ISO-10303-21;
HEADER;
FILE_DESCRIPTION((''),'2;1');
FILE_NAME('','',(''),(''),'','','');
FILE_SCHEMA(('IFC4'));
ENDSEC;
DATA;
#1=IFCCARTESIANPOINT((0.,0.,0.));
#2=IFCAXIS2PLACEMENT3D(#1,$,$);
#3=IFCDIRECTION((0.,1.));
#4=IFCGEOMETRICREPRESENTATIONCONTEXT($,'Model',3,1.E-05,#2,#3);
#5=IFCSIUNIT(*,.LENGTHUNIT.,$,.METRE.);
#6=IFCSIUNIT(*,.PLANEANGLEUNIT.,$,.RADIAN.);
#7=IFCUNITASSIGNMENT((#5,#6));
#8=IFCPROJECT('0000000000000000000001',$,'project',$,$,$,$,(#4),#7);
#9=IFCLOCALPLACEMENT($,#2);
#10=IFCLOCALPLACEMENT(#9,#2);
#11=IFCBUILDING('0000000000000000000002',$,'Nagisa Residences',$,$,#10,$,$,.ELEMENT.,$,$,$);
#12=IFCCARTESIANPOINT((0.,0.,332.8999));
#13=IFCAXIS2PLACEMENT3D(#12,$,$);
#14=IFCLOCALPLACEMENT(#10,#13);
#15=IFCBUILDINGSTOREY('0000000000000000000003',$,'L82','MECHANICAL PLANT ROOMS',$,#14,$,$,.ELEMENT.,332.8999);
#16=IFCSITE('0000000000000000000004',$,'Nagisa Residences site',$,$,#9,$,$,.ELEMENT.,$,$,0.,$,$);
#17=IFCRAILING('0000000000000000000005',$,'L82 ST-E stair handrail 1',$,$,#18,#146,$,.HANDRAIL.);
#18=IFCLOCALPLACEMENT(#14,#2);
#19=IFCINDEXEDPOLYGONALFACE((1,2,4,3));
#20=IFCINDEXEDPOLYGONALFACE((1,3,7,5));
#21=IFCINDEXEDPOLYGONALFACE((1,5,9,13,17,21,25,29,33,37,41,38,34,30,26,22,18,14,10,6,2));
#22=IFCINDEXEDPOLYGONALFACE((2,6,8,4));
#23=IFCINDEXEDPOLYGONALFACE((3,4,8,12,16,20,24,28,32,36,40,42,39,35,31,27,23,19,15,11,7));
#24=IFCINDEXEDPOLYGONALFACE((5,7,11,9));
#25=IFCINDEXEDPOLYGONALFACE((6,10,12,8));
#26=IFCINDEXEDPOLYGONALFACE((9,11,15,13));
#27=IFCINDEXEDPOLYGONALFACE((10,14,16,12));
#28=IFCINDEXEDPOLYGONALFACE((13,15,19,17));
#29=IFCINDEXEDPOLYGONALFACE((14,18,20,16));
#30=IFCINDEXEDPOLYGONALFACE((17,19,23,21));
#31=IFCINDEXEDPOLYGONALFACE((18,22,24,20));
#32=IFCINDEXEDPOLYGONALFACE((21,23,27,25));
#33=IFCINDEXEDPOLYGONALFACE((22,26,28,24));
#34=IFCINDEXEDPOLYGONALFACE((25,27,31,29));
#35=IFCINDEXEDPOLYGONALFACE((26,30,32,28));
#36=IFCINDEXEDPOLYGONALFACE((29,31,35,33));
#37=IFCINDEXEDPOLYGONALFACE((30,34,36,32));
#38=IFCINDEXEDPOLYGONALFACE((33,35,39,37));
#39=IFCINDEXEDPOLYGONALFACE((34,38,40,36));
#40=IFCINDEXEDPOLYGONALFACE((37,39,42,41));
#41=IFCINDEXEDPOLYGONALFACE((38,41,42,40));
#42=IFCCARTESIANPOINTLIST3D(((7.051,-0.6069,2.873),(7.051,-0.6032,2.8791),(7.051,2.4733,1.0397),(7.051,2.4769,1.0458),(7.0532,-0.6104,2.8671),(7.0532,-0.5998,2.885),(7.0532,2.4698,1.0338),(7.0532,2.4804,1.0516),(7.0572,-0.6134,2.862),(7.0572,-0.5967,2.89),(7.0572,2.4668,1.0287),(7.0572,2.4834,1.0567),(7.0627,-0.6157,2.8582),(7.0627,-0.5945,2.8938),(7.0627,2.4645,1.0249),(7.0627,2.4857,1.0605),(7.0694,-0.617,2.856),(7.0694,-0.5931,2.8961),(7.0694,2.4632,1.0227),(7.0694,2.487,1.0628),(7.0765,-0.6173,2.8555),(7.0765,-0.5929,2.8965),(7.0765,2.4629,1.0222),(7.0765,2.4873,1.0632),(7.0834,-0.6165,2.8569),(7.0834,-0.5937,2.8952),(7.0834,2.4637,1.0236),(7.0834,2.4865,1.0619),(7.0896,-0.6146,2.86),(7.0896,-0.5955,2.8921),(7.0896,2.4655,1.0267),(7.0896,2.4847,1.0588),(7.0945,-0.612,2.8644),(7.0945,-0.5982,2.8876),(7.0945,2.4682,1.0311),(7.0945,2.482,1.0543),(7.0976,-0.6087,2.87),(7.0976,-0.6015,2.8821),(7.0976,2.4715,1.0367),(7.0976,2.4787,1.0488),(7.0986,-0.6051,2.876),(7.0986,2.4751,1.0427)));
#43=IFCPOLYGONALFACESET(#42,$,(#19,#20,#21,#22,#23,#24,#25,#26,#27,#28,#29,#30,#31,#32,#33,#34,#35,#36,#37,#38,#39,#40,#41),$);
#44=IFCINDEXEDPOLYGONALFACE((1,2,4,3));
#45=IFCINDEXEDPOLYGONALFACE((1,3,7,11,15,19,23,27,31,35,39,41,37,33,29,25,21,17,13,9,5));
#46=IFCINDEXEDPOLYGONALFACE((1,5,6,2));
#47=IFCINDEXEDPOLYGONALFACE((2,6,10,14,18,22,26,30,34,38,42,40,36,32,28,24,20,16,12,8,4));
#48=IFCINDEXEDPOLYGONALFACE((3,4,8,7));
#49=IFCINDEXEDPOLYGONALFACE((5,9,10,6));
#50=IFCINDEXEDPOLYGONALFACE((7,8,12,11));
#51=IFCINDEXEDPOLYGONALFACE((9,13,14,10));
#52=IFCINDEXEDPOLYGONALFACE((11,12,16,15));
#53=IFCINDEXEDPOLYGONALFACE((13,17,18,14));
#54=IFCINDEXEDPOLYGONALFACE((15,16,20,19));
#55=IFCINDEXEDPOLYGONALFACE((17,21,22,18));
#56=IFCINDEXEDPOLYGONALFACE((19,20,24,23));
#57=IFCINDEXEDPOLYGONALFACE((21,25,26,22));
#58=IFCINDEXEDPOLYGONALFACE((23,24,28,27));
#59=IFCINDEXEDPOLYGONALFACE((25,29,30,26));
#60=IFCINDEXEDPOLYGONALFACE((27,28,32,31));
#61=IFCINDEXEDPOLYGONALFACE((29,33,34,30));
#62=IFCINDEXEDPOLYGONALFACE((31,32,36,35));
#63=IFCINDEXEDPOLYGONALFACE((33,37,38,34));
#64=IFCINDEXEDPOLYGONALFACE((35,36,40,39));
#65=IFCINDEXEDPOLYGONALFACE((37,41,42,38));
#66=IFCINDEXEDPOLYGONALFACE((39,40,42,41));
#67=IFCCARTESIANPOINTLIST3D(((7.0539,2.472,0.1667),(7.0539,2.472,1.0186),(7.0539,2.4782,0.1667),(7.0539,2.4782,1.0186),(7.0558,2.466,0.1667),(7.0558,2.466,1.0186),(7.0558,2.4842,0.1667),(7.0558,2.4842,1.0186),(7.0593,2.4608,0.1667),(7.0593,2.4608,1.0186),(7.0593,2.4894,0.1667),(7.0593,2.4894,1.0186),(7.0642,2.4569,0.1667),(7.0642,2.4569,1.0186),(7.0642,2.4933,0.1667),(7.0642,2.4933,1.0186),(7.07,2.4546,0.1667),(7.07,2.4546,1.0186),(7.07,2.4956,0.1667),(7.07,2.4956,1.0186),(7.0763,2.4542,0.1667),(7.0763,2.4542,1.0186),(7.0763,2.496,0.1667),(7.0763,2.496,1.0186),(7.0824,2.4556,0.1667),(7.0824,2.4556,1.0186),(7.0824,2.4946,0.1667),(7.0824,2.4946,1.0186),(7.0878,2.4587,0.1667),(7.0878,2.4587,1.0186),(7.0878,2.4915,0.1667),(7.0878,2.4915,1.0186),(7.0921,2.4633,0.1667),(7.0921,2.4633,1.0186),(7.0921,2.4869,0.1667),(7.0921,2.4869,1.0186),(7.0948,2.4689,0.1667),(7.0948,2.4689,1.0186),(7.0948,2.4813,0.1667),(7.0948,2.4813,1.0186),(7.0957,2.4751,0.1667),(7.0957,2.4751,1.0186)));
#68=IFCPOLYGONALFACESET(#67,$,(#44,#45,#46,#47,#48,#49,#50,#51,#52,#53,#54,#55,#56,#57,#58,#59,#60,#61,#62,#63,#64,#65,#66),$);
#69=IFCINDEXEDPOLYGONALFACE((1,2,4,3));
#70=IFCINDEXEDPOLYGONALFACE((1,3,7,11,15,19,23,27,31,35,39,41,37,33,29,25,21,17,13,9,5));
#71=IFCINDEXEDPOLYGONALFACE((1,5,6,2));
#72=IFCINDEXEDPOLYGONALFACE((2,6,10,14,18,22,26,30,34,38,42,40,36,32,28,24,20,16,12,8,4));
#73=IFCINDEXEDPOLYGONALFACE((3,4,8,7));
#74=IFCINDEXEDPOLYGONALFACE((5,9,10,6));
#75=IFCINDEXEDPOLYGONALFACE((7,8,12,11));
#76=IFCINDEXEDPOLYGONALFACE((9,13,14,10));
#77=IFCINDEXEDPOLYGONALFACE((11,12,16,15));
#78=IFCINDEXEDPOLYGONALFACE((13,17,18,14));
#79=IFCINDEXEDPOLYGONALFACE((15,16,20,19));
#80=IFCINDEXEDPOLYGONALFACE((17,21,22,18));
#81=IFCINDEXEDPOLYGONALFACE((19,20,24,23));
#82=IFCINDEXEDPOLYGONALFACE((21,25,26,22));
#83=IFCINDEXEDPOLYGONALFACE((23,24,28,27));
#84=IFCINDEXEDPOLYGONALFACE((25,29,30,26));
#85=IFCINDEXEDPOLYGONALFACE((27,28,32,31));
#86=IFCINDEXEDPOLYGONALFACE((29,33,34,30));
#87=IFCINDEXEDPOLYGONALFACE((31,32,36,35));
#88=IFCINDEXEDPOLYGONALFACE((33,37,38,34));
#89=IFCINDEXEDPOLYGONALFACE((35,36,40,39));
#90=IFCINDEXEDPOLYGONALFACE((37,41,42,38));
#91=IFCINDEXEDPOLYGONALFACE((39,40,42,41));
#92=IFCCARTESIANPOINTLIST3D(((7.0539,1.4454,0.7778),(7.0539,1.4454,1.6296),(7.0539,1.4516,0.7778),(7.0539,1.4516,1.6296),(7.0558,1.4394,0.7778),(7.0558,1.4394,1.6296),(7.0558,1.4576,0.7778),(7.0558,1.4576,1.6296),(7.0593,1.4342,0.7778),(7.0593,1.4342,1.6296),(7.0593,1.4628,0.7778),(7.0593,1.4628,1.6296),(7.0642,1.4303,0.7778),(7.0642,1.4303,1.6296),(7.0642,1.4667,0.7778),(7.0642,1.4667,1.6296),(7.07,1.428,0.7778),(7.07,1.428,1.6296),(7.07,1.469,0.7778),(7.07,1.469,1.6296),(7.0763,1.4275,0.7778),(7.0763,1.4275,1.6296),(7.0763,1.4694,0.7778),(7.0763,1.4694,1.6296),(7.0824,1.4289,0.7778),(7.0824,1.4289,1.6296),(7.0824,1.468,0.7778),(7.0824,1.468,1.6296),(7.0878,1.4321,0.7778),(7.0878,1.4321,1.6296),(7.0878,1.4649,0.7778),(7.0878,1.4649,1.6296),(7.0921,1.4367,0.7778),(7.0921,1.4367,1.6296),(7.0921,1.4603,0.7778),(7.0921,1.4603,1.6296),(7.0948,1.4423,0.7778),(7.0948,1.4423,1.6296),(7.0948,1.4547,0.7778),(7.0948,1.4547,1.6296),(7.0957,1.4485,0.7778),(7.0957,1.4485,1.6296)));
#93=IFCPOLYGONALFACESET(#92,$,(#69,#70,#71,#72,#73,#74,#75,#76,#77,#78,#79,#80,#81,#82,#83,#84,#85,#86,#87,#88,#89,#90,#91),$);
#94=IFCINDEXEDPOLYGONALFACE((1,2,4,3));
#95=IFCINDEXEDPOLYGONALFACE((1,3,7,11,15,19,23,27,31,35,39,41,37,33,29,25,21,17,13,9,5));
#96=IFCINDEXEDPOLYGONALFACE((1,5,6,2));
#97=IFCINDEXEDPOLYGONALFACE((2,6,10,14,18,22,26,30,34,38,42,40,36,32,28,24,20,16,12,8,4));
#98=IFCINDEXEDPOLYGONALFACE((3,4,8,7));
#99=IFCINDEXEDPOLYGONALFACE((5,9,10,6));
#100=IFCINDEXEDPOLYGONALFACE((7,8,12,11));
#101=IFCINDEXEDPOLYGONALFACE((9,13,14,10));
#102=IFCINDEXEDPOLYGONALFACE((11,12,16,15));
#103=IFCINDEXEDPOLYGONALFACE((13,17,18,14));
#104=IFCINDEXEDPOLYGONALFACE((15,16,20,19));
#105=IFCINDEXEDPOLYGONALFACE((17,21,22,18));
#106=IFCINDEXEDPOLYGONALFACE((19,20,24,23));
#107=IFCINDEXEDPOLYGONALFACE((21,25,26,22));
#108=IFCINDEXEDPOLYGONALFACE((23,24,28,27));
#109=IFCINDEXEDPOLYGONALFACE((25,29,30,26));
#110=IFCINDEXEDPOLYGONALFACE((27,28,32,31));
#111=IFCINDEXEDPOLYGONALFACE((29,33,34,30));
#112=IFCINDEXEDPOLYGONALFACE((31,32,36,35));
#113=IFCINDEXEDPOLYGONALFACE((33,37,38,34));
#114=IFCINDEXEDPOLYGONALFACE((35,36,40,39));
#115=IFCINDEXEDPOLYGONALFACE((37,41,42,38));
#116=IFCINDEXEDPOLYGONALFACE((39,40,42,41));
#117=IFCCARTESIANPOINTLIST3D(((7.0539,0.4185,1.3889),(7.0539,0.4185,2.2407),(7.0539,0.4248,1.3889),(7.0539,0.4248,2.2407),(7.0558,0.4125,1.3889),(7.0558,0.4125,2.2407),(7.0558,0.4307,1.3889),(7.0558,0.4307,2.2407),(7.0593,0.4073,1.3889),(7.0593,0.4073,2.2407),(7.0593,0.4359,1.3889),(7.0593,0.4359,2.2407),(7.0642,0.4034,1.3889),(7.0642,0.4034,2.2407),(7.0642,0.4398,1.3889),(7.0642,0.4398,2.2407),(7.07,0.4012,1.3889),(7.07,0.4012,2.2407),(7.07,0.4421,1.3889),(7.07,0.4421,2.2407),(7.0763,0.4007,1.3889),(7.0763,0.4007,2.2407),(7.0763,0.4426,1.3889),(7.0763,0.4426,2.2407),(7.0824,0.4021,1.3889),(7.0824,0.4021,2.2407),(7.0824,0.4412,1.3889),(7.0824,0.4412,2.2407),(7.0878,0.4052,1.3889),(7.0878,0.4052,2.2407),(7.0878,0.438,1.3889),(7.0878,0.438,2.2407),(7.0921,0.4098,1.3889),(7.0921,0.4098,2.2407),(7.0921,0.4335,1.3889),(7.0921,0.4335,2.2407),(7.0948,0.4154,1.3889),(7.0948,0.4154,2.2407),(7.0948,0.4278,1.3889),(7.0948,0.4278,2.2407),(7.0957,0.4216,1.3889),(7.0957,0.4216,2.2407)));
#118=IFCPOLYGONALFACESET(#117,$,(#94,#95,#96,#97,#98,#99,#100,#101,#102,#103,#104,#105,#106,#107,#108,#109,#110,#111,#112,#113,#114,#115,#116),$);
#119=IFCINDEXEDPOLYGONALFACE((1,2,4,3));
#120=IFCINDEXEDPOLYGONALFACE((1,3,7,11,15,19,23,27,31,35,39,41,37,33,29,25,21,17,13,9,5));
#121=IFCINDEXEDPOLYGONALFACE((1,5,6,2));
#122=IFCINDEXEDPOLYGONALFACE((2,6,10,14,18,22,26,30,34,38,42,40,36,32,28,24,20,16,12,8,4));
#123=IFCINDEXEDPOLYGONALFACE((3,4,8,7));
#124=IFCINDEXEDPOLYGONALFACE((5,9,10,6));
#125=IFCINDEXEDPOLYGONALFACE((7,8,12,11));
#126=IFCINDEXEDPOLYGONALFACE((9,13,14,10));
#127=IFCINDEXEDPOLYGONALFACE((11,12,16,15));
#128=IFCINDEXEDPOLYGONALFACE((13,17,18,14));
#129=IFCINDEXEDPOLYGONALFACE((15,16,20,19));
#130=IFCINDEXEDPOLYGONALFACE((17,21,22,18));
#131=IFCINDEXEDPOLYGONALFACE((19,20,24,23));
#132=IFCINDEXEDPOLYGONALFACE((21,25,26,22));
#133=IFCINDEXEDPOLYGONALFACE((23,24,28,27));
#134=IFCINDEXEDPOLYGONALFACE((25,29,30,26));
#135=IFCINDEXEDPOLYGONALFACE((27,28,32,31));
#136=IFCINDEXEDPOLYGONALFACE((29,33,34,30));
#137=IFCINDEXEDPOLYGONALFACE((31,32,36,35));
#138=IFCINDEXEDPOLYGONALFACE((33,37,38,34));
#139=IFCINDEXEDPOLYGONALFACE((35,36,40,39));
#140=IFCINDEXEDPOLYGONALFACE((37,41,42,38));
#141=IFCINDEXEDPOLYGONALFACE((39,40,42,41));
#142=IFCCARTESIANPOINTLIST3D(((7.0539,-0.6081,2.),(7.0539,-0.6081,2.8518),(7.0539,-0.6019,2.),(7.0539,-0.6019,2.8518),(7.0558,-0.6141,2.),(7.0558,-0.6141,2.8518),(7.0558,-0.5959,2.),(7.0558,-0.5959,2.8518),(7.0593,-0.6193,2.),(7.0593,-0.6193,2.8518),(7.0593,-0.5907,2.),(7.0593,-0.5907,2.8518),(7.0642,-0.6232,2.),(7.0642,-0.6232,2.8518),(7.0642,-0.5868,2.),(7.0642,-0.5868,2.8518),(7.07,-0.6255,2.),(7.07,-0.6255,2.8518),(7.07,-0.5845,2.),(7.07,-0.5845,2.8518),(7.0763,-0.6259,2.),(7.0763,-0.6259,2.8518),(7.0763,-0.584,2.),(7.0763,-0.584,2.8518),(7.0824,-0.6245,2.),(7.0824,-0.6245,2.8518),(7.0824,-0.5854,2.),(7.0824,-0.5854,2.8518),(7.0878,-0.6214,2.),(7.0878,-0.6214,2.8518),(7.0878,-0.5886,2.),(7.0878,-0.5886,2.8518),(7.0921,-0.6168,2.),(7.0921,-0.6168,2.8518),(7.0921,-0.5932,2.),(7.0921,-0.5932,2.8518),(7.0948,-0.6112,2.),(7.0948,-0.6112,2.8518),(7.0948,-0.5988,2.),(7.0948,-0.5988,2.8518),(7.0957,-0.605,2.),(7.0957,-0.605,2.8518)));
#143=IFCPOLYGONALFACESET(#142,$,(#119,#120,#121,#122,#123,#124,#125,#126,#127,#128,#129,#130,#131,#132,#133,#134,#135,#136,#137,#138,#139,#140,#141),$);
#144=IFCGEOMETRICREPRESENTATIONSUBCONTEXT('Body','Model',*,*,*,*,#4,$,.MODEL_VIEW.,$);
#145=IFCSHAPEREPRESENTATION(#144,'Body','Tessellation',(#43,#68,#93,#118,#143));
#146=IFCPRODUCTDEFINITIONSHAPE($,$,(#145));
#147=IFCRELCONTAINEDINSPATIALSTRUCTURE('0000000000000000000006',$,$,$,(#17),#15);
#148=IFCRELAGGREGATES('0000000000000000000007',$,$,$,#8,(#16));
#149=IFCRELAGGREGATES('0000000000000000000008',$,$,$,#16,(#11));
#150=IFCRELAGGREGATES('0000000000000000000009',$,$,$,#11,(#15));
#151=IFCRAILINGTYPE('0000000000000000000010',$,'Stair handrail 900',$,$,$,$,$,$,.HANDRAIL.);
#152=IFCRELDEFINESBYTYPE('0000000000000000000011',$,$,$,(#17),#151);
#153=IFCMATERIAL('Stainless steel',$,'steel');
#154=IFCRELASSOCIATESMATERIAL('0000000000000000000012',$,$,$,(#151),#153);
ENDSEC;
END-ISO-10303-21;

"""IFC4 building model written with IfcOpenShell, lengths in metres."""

from ifc_helpers import new_model, si_unit, direction, frame, origin, origin_2d, place, context, subcontext, project, spatial, circle, extrude, material, type_object, element, save


model = new_model("IFC4")

# Units and contexts
model_context = context("Model", 3, precision=1e-05, world=origin(), true_north=direction((0.0, 1.0)))
body_context = subcontext(model_context, "Body", "Model", "MODEL_VIEW")
ifc_project = project(units=[si_unit("LENGTHUNIT", "METRE"), si_unit("PLANEANGLEUNIT", "RADIAN")], contexts=[model_context])

# Site, building, storey
site_placement = place(None, origin())
site = spatial("IfcSite", under=ifc_project, at=site_placement, Name="Nagisa Residences site", CompositionType="ELEMENT", RefElevation=0.0)
building_placement = place(site_placement, origin())
building = spatial("IfcBuilding", under=site, at=building_placement, Name="Nagisa Residences", CompositionType="ELEMENT")
storey_placement = place(building_placement, frame((0.0, 0.0, 332.8999)))
storey = spatial("IfcBuildingStorey", under=building, at=storey_placement, Name="L82", Description="MECHANICAL PLANT ROOMS", CompositionType="ELEMENT", Elevation=332.8999)

# Railing
ifc_material_1 = material(Name="Stainless steel", Category="steel")
railing_type_1 = type_object("IfcRailingType", Name="Stair handrail 900", PredefinedType="HANDRAIL", material=ifc_material_1)
railing_1_placement = place(storey_placement, frame((7.0747, 2.4751, 0.1667)))
element("IfcRailing", 1, at=railing_1_placement, inside=storey, type_object=railing_type_1, Name="L82 ST-E stair handrail 1", PredefinedType="HANDRAIL", context=body_context, shape_type="SweptSolid", body=[
    extrude(circle(Radius=0.0239, at=origin_2d()), frame((0.0, 0.0, 0.876), z_axis=(0.0, -0.859309, 0.511458), x_axis=(1.0, 0.0, 0.0)), (0.0, 0.0, 1.0), 3.5845),
    extrude(circle(Radius=0.021, at=origin_2d()), origin(), (0.0, 0.0, 1.0), 0.8518),
    extrude(circle(Radius=0.021, at=origin_2d()), frame((0.0, -1.0266, 0.6111)), (0.0, 0.0, 1.0), 0.8518),
    extrude(circle(Radius=0.021, at=origin_2d()), frame((0.0, -2.0535, 1.2222)), (0.0, 0.0, 1.0), 0.8518),
    extrude(circle(Radius=0.021, at=origin_2d()), frame((0.0, -3.0801, 1.8333)), (0.0, 0.0, 1.0), 0.8518),
])

save(model, "model.ifc")
